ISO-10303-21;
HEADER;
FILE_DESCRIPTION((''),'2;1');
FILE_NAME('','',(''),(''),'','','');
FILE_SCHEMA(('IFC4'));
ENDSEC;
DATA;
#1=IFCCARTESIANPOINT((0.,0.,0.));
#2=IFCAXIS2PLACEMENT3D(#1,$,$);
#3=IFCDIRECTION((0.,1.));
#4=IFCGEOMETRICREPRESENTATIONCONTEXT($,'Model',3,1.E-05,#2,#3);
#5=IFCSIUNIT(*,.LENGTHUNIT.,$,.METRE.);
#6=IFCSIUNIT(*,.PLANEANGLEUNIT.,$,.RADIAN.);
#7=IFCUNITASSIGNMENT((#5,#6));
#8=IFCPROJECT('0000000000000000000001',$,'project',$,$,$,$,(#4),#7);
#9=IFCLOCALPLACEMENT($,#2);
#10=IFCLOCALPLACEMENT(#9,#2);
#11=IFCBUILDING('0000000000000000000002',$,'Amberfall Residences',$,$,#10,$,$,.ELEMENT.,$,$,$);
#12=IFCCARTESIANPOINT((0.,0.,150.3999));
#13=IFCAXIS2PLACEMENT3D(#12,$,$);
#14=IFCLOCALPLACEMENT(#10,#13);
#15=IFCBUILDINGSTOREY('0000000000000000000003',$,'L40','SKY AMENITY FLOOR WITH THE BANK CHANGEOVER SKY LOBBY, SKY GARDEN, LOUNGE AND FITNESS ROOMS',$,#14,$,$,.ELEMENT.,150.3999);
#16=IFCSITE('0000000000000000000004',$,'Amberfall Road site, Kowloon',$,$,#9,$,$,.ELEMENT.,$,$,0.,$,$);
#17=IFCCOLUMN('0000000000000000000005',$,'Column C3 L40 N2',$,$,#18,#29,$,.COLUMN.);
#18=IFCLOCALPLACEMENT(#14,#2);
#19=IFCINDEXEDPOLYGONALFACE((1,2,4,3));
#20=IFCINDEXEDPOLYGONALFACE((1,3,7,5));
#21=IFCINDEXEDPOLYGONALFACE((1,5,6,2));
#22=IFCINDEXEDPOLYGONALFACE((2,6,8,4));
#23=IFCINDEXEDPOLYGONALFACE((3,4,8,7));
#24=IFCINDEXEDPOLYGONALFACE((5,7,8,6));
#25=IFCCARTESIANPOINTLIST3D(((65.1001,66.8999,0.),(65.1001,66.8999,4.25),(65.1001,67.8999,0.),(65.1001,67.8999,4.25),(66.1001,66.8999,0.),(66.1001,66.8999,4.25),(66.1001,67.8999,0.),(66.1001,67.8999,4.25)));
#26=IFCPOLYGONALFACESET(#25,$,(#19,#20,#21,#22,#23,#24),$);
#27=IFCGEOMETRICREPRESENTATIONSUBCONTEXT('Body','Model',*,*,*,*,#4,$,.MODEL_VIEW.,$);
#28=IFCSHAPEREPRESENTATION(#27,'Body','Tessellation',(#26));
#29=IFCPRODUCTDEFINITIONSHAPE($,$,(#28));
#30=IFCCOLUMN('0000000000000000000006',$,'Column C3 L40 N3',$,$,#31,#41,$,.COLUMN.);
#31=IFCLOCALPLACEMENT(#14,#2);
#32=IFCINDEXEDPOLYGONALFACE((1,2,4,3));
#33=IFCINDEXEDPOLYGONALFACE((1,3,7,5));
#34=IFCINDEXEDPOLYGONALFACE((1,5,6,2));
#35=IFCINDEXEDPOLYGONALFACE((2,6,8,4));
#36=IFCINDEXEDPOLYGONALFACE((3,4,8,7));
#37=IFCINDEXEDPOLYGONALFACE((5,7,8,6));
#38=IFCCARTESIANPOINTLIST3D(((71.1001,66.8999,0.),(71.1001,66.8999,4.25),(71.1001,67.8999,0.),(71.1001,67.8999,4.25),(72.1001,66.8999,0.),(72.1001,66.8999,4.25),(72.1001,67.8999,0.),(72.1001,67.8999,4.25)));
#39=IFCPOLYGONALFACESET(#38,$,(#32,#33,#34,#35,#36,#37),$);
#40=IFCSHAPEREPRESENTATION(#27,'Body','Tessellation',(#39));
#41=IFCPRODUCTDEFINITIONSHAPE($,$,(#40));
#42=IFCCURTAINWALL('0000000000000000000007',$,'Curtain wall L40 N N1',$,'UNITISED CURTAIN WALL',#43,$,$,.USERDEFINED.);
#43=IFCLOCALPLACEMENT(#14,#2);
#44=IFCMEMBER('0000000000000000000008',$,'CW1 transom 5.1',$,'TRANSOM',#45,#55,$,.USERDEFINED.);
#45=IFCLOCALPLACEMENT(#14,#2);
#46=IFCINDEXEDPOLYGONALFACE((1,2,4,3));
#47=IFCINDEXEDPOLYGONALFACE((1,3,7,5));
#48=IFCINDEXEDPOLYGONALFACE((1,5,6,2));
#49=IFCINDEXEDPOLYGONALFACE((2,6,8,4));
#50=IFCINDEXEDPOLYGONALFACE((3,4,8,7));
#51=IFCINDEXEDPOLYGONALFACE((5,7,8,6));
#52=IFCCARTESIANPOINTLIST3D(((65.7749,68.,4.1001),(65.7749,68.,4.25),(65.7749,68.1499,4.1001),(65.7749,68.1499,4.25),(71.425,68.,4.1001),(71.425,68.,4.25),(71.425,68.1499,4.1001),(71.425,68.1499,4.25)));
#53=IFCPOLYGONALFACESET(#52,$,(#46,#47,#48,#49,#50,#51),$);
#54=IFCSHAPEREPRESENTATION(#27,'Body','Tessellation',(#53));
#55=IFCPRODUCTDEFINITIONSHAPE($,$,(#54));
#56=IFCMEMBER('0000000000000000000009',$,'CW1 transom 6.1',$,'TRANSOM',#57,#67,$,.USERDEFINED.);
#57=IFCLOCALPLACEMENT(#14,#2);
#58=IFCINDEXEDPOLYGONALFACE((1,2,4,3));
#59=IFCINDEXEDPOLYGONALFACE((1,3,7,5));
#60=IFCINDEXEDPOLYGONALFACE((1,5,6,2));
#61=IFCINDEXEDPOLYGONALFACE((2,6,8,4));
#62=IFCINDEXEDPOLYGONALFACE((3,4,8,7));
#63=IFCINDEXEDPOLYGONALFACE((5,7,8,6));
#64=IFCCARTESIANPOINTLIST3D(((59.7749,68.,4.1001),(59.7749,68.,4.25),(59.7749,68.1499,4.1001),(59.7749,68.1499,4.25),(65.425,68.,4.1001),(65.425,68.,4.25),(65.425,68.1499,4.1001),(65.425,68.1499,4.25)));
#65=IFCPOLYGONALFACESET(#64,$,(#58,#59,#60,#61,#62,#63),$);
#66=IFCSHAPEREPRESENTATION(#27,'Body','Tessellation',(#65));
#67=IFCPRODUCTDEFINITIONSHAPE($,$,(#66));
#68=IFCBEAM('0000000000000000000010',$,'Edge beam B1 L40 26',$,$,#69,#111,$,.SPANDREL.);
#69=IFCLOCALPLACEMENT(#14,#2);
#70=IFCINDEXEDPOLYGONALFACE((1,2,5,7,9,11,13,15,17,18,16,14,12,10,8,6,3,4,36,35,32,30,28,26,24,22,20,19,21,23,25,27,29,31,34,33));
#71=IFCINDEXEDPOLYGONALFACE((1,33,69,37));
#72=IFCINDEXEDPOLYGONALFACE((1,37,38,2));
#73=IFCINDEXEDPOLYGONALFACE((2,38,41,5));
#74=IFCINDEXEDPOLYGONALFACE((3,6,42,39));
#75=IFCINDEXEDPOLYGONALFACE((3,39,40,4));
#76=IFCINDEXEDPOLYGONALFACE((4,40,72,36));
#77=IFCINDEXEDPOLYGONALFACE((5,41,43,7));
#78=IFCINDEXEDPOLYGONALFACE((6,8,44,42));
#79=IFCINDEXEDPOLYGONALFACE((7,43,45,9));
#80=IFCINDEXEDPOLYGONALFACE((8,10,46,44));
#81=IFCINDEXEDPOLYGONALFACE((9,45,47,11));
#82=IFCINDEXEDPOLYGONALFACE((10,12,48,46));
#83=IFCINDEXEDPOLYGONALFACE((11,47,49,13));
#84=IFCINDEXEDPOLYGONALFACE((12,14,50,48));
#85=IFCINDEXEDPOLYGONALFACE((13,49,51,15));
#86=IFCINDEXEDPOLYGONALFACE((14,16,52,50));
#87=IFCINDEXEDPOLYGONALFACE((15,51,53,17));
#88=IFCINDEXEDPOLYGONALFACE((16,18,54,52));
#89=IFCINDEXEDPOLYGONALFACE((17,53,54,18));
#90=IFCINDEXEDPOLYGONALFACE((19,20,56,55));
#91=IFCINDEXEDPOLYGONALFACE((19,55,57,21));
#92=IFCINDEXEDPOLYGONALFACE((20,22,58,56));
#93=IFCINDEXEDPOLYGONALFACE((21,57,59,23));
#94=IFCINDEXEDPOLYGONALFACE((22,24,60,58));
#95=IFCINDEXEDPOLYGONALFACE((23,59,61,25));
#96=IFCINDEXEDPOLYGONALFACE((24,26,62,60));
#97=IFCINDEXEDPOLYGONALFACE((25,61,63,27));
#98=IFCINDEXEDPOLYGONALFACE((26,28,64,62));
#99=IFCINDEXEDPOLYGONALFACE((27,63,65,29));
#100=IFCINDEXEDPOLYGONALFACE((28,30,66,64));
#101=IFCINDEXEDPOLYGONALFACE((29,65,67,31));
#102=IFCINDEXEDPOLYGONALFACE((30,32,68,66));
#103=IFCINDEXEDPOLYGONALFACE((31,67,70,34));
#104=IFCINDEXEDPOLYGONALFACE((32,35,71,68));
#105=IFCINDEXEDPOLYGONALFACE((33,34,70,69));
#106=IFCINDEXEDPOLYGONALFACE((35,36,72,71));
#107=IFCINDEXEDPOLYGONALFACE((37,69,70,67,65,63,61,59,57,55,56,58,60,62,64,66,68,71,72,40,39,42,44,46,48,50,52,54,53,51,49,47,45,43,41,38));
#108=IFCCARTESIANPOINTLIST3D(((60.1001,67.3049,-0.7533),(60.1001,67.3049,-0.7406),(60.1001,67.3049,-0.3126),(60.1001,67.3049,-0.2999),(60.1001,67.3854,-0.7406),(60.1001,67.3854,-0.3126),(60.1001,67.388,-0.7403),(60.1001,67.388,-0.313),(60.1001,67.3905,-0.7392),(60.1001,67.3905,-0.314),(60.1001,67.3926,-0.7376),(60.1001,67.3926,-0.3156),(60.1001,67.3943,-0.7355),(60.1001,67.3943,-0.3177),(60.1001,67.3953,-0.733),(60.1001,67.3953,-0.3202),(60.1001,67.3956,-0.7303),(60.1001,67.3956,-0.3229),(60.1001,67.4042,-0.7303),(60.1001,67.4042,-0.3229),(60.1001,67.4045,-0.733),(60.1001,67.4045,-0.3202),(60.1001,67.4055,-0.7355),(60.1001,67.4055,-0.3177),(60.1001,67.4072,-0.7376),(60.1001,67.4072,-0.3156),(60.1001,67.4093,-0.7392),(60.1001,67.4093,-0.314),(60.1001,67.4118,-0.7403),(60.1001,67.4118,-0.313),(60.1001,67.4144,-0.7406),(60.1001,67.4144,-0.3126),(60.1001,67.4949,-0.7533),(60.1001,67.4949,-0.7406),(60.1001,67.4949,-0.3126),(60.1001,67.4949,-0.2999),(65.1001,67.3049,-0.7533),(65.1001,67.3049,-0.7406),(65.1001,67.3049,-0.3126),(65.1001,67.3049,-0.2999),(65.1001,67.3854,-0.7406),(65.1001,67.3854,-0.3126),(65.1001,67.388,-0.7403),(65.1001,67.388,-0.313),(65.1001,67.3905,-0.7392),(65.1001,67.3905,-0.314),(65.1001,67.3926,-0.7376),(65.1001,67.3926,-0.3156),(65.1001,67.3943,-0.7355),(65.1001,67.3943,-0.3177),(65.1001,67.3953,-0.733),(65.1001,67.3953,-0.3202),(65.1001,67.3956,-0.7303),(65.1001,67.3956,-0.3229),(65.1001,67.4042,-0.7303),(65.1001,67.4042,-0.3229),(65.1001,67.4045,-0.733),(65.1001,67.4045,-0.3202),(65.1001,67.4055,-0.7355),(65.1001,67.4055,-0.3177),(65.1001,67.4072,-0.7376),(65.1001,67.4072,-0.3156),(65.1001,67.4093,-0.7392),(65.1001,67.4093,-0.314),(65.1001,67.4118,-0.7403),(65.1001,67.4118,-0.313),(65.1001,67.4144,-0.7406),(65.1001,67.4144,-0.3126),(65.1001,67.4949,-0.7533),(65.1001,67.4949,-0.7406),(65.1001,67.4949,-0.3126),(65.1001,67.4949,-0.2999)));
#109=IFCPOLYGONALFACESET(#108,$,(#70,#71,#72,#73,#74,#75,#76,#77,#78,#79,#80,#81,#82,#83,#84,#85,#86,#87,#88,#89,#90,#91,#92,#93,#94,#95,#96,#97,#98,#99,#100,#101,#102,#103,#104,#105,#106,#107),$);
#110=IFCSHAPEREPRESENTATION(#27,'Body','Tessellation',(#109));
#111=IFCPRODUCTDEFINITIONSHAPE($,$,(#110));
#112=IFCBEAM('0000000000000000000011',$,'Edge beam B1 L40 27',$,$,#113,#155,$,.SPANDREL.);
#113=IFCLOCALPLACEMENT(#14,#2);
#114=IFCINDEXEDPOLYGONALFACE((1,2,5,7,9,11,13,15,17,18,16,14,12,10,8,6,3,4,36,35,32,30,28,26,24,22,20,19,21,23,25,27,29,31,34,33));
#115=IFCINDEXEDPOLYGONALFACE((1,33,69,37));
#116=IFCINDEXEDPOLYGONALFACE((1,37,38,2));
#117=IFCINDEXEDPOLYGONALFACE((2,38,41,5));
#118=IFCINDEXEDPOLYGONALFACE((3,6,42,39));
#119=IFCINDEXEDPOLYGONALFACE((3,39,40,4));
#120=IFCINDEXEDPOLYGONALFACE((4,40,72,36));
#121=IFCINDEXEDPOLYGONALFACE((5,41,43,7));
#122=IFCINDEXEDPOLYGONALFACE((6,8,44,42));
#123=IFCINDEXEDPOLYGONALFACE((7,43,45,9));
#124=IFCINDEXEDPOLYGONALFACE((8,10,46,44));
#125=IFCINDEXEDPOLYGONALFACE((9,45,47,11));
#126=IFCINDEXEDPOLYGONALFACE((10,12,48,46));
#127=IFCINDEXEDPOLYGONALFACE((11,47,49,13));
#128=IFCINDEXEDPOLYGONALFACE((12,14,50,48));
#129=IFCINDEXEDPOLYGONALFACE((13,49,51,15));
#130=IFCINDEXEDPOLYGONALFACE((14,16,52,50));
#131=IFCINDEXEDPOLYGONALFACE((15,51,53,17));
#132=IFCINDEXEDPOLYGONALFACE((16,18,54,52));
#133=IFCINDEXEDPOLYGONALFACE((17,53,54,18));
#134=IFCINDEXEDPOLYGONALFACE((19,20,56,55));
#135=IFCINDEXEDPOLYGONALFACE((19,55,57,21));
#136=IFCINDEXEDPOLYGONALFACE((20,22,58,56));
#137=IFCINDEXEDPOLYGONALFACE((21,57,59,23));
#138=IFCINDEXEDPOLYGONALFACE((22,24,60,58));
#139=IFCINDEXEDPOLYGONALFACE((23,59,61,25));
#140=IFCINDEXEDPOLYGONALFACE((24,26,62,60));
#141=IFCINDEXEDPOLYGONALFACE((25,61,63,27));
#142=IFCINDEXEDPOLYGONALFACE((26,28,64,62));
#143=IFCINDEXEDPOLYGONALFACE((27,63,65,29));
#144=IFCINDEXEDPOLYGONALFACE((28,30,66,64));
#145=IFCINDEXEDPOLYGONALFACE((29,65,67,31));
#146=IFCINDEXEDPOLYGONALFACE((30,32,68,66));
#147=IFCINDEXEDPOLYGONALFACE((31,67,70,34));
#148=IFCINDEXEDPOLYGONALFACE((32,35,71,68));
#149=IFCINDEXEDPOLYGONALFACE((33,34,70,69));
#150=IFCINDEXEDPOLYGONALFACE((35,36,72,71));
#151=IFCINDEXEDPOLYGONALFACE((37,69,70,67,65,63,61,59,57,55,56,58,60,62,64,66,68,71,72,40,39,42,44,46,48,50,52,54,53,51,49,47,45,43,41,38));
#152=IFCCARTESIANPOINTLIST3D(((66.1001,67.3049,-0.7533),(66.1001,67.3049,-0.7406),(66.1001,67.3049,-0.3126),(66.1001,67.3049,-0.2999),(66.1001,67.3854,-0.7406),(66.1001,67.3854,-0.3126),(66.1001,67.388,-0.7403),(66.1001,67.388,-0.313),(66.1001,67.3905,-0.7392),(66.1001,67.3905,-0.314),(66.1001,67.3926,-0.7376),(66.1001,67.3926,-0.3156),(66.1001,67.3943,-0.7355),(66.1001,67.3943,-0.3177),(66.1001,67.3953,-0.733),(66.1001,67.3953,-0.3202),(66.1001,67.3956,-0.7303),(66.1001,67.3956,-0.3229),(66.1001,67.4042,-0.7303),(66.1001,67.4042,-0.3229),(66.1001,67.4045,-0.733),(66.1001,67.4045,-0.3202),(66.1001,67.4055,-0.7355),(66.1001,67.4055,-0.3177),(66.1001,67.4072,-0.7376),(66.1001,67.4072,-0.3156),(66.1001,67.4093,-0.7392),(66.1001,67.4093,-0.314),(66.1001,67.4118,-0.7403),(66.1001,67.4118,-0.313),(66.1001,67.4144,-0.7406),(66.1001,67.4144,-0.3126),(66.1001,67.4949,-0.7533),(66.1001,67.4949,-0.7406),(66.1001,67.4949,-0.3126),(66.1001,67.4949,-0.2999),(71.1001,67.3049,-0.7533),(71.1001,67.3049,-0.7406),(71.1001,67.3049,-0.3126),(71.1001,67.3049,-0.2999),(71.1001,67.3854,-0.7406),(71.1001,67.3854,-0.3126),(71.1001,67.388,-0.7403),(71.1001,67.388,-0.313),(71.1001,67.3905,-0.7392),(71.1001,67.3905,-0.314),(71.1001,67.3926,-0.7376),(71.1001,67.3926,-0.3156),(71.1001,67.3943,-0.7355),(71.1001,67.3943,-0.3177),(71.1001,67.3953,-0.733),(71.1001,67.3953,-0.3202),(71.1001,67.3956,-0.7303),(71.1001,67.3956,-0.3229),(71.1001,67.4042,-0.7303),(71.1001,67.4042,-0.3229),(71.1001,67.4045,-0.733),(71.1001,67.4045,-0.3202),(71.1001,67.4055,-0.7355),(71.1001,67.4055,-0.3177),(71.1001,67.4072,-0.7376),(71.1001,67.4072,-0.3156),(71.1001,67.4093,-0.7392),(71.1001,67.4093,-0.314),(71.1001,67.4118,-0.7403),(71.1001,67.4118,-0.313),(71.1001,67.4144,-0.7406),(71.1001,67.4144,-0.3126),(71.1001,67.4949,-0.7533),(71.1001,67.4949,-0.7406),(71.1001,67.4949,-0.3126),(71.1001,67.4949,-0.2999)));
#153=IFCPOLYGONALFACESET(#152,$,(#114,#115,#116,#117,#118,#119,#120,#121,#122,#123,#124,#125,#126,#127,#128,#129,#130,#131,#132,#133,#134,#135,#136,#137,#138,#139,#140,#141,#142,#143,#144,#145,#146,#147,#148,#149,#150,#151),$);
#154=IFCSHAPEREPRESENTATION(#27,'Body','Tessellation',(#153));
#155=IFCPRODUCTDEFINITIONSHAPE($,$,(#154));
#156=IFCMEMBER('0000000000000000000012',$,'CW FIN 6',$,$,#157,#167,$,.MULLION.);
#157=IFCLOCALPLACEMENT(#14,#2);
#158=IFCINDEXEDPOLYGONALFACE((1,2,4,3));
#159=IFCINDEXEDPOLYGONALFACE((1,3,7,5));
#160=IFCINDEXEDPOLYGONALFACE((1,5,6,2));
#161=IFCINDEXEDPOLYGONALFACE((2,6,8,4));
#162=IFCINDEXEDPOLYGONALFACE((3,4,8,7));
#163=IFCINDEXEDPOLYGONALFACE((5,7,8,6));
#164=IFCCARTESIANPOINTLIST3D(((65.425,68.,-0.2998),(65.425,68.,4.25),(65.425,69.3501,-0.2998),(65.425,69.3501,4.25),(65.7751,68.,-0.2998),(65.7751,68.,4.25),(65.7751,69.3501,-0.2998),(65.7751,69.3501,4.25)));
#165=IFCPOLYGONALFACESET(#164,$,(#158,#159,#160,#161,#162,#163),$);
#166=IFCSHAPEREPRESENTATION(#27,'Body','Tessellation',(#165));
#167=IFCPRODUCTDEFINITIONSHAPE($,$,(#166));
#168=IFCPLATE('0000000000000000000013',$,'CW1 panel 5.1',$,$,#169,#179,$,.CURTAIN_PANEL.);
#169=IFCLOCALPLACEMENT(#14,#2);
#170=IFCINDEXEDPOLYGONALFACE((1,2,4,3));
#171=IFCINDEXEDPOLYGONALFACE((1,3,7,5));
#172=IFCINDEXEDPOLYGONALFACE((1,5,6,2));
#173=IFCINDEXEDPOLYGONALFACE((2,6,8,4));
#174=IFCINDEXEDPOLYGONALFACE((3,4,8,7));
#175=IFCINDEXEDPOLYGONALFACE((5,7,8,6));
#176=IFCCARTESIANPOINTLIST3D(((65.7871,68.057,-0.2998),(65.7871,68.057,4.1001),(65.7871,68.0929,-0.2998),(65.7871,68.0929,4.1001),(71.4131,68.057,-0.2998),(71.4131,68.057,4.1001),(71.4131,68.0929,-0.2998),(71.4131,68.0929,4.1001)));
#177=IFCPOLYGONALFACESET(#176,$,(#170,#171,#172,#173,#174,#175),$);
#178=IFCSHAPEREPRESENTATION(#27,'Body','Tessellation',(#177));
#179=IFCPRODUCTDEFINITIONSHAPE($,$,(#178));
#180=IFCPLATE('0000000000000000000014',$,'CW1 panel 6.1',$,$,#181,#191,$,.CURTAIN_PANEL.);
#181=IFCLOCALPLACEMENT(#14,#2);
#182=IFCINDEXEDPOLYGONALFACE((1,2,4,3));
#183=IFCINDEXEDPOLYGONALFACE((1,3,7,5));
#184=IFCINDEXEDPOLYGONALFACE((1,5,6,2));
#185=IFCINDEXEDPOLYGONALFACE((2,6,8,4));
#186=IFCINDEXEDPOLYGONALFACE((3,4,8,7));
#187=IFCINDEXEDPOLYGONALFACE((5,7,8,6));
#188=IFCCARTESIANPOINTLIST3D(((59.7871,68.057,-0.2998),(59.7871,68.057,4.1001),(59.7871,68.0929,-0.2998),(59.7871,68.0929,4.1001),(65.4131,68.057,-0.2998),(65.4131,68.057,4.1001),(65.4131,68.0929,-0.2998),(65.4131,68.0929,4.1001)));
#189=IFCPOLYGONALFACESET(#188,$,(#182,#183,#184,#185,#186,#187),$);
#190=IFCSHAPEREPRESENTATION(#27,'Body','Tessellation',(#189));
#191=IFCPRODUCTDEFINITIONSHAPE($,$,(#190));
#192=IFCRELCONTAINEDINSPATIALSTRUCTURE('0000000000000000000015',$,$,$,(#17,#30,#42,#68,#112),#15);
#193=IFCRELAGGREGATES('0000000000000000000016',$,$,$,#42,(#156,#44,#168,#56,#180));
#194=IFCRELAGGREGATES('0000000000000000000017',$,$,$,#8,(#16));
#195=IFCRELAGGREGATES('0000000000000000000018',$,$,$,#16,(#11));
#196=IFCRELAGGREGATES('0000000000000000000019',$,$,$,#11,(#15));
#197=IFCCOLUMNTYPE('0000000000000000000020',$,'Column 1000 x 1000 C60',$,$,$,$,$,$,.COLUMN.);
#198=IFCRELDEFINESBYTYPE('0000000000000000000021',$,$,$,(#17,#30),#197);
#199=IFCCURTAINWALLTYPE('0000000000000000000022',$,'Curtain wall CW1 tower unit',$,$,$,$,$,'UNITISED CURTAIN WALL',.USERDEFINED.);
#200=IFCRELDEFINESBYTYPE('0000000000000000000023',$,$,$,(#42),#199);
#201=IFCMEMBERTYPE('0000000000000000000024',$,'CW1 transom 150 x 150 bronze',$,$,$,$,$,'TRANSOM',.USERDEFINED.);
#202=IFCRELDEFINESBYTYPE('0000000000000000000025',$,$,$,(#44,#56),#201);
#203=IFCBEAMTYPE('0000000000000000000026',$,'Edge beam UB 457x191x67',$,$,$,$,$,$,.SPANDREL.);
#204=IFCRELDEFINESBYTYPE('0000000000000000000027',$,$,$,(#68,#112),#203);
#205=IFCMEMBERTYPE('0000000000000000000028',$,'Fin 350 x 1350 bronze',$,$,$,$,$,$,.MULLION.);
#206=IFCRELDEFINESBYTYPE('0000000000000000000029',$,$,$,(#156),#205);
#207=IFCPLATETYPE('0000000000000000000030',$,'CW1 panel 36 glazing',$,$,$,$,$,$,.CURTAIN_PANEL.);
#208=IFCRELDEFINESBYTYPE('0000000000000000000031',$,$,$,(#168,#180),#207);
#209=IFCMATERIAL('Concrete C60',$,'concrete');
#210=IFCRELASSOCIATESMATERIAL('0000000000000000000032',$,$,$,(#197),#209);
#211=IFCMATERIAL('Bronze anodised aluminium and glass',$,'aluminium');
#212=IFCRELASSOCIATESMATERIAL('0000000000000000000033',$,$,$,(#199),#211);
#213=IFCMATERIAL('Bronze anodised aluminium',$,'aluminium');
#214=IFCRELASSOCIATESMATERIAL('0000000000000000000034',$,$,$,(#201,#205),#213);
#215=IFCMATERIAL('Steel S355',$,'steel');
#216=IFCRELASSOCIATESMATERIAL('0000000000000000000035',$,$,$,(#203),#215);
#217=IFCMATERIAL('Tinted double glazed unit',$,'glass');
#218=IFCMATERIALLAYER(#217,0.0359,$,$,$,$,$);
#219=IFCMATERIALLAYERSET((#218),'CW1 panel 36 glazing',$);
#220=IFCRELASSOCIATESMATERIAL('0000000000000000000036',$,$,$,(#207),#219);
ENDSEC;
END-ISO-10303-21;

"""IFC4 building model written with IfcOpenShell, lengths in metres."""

from ifc_helpers import new_model, si_unit, direction, frame, origin, origin_2d, place, context, subcontext, project, spatial, rectangle, i_section, extrude, material, layer, layer_set, material_profile, profile_set, type_object, element, aggregate, save


model = new_model("IFC4")

# Units and contexts
model_context = context("Model", 3, precision=1e-05, world=origin(), true_north=direction((0.0, 1.0)))
body_context = subcontext(model_context, "Body", "Model", "MODEL_VIEW")
ifc_project = project(units=[si_unit("LENGTHUNIT", "METRE"), si_unit("PLANEANGLEUNIT", "RADIAN")], contexts=[model_context])

# Site, building, storey
site_placement = place(None, origin())
site = spatial("IfcSite", under=ifc_project, at=site_placement, Name="Amberfall Road site, Kowloon", CompositionType="ELEMENT", RefElevation=0.0)
building_placement = place(site_placement, origin())
building = spatial("IfcBuilding", under=site, at=building_placement, Name="Amberfall Residences", CompositionType="ELEMENT")
storey_placement = place(building_placement, frame((0.0, 0.0, 150.3999)))
storey = spatial("IfcBuildingStorey", under=building, at=storey_placement, Name="L40", Description="SKY AMENITY FLOOR WITH THE BANK CHANGEOVER SKY LOBBY, SKY GARDEN, LOUNGE AND FITNESS ROOMS", CompositionType="ELEMENT", Elevation=150.3999)

# Columns
ifc_material_1 = material(Name="Concrete C60", Category="concrete")
ifc_material_profile_1 = material_profile(ifc_material_1, rectangle(XDim=1.0, YDim=1.0, at=origin_2d()), Name="Column 1000 x 1000 C60")
ifc_profile_set_1 = profile_set([ifc_material_profile_1], Name="Concrete C60")
column_type = type_object("IfcColumnType", Name="Column 1000 x 1000 C60", PredefinedType="COLUMN", material=ifc_profile_set_1)
for number, where, z_axis, x_axis, name in (
    (1, (65.6001, 67.3999, 0.0), (0.0, 0.0, 1.0), (1.0, 0.0, 0.0), "Column C3 L40 N2"),
    (2, (71.6001, 67.3999, 0.0), (0.0, 0.0, 1.0), (1.0, 0.0, 0.0), "Column C3 L40 N3"),
):
    element("IfcColumn", number, at=place(storey_placement, frame(where, z_axis=z_axis, x_axis=x_axis)), inside=storey, type_object=column_type, Name=name, PredefinedType="COLUMN", context=body_context, shape_type="SweptSolid", body=[
        extrude(rectangle(XDim=1.0, YDim=1.0, at=origin_2d()), origin(), (0.0, 0.0, 1.0), 4.25),
    ])

# Curtain wall, members
ifc_material_2 = material(Name="Bronze anodised aluminium and glass", Category="aluminium")
curtain_wall_type = type_object("IfcCurtainWallType", Name="Curtain wall CW1 tower unit", ElementType="UNITISED CURTAIN WALL", PredefinedType="USERDEFINED", material=ifc_material_2)
curtain_wall_placement = place(storey_placement, origin())
curtain_wall = element("IfcCurtainWall", 3, at=curtain_wall_placement, inside=storey, type_object=curtain_wall_type, Name="Curtain wall L40 N N1", ObjectType="UNITISED CURTAIN WALL", PredefinedType="USERDEFINED")
ifc_material_3 = material(Name="Bronze anodised aluminium", Category="aluminium")
ifc_material_profile_2 = material_profile(ifc_material_3, rectangle(XDim=0.1499, YDim=0.1499, at=origin_2d()), Name="CW1 transom 150 x 150 bronze")
ifc_profile_set_2 = profile_set([ifc_material_profile_2], Name="Bronze anodised aluminium")
member_type_1 = type_object("IfcMemberType", Name="CW1 transom 150 x 150 bronze", ElementType="TRANSOM", PredefinedType="USERDEFINED", material=ifc_profile_set_2)
member_1_placement = place(storey_placement, frame((71.425, 68.075, 4.175), z_axis=(-1.0, 0.0, 0.0), x_axis=(0.0, -1.0, 0.0)))
member_1 = element("IfcMember", 4, at=member_1_placement, type_object=member_type_1, Name="CW1 transom 5.1", ObjectType="TRANSOM", PredefinedType="USERDEFINED", context=body_context, shape_type="SweptSolid", body=[
    extrude(rectangle(XDim=0.1499, YDim=0.1499, at=origin_2d()), origin(), (0.0, 0.0, 1.0), 5.6501),
])
member_2_placement = place(storey_placement, frame((65.425, 68.075, 4.175), z_axis=(-1.0, 0.0, 0.0), x_axis=(0.0, -1.0, 0.0)))
member_2 = element("IfcMember", 5, at=member_2_placement, type_object=member_type_1, Name="CW1 transom 6.1", ObjectType="TRANSOM", PredefinedType="USERDEFINED", context=body_context, shape_type="SweptSolid", body=[
    extrude(rectangle(XDim=0.1499, YDim=0.1499, at=origin_2d()), origin(), (0.0, 0.0, 1.0), 5.6501),
])

# Beams
ifc_material_4 = material(Name="Steel S355", Category="steel")
ifc_material_profile_3 = material_profile(ifc_material_4, i_section(OverallWidth=0.1899, OverallDepth=0.4534, WebThickness=0.0085, FlangeThickness=0.0127, FilletRadius=0.0103, at=origin_2d()), Name="UB 457x191x67")
ifc_profile_set_3 = profile_set([ifc_material_profile_3], Name="Steel S355")
beam_type = type_object("IfcBeamType", Name="Edge beam UB 457x191x67", PredefinedType="SPANDREL", material=ifc_profile_set_3)
for number, where, z_axis, x_axis, name in (
    (6, (60.1001, 67.3999, -0.5266), (1.0, 0.0, 0.0), (0.0, 1.0, 0.0), "Edge beam B1 L40 26"),
    (7, (66.1001, 67.3999, -0.5266), (1.0, 0.0, 0.0), (0.0, 1.0, 0.0), "Edge beam B1 L40 27"),
):
    element("IfcBeam", number, at=place(storey_placement, frame(where, z_axis=z_axis, x_axis=x_axis)), inside=storey, type_object=beam_type, Name=name, PredefinedType="SPANDREL", context=body_context, shape_type="SweptSolid", body=[
        extrude(i_section(OverallWidth=0.1899, OverallDepth=0.4534, WebThickness=0.0085, FlangeThickness=0.0127, FilletRadius=0.0103, at=origin_2d()), origin(), (0.0, 0.0, 1.0), 5.0),
    ])

# Member
ifc_material_profile_4 = material_profile(ifc_material_3, rectangle(XDim=1.3501, YDim=0.3501, at=origin_2d()), Name="Fin 350 x 1350 bronze")
ifc_profile_set_4 = profile_set([ifc_material_profile_4], Name="Bronze anodised aluminium")
member_type_2 = type_object("IfcMemberType", Name="Fin 350 x 1350 bronze", PredefinedType="MULLION", material=ifc_profile_set_4)
member_3_placement = place(storey_placement, frame((65.6001, 68.675, -0.2998), z_axis=(0.0, 0.0, 1.0), x_axis=(0.0, -1.0, 0.0)))
member_3 = element("IfcMember", 8, at=member_3_placement, type_object=member_type_2, Name="CW FIN 6", PredefinedType="MULLION", context=body_context, shape_type="SweptSolid", body=[
    extrude(rectangle(XDim=1.3501, YDim=0.3501, at=origin_2d()), origin(), (0.0, 0.0, 1.0), 4.5498),
])

# Plates
ifc_material_5 = material(Name="Tinted double glazed unit", Category="glass")
ifc_layer_1 = layer(ifc_material_5, 0.0359)
ifc_layer_set_1 = layer_set([ifc_layer_1], Name="CW1 panel 36 glazing")
plate_type = type_object("IfcPlateType", Name="CW1 panel 36 glazing", PredefinedType="CURTAIN_PANEL", material=ifc_layer_set_1)
plate_1_placement = place(storey_placement, frame((68.6001, 68.075, -0.2998), z_axis=(0.0, 0.0, 1.0), x_axis=(-1.0, 0.0, 0.0)))
plate_1 = element("IfcPlate", 9, at=plate_1_placement, type_object=plate_type, Name="CW1 panel 5.1", PredefinedType="CURTAIN_PANEL", context=body_context, shape_type="SweptSolid", body=[
    extrude(rectangle(XDim=5.626, YDim=0.0359, at=origin_2d()), origin(), (0.0, 0.0, 1.0), 4.3999),
])
plate_2_placement = place(storey_placement, frame((62.6001, 68.075, -0.2998), z_axis=(0.0, 0.0, 1.0), x_axis=(-1.0, 0.0, 0.0)))
plate_2 = element("IfcPlate", 10, at=plate_2_placement, type_object=plate_type, Name="CW1 panel 6.1", PredefinedType="CURTAIN_PANEL", context=body_context, shape_type="SweptSolid", body=[
    extrude(rectangle(XDim=5.626, YDim=0.0359, at=origin_2d()), origin(), (0.0, 0.0, 1.0), 4.3999),
])
aggregate(curtain_wall, [member_3, member_1, plate_1, member_2, plate_2])

save(model, "model.ifc")
